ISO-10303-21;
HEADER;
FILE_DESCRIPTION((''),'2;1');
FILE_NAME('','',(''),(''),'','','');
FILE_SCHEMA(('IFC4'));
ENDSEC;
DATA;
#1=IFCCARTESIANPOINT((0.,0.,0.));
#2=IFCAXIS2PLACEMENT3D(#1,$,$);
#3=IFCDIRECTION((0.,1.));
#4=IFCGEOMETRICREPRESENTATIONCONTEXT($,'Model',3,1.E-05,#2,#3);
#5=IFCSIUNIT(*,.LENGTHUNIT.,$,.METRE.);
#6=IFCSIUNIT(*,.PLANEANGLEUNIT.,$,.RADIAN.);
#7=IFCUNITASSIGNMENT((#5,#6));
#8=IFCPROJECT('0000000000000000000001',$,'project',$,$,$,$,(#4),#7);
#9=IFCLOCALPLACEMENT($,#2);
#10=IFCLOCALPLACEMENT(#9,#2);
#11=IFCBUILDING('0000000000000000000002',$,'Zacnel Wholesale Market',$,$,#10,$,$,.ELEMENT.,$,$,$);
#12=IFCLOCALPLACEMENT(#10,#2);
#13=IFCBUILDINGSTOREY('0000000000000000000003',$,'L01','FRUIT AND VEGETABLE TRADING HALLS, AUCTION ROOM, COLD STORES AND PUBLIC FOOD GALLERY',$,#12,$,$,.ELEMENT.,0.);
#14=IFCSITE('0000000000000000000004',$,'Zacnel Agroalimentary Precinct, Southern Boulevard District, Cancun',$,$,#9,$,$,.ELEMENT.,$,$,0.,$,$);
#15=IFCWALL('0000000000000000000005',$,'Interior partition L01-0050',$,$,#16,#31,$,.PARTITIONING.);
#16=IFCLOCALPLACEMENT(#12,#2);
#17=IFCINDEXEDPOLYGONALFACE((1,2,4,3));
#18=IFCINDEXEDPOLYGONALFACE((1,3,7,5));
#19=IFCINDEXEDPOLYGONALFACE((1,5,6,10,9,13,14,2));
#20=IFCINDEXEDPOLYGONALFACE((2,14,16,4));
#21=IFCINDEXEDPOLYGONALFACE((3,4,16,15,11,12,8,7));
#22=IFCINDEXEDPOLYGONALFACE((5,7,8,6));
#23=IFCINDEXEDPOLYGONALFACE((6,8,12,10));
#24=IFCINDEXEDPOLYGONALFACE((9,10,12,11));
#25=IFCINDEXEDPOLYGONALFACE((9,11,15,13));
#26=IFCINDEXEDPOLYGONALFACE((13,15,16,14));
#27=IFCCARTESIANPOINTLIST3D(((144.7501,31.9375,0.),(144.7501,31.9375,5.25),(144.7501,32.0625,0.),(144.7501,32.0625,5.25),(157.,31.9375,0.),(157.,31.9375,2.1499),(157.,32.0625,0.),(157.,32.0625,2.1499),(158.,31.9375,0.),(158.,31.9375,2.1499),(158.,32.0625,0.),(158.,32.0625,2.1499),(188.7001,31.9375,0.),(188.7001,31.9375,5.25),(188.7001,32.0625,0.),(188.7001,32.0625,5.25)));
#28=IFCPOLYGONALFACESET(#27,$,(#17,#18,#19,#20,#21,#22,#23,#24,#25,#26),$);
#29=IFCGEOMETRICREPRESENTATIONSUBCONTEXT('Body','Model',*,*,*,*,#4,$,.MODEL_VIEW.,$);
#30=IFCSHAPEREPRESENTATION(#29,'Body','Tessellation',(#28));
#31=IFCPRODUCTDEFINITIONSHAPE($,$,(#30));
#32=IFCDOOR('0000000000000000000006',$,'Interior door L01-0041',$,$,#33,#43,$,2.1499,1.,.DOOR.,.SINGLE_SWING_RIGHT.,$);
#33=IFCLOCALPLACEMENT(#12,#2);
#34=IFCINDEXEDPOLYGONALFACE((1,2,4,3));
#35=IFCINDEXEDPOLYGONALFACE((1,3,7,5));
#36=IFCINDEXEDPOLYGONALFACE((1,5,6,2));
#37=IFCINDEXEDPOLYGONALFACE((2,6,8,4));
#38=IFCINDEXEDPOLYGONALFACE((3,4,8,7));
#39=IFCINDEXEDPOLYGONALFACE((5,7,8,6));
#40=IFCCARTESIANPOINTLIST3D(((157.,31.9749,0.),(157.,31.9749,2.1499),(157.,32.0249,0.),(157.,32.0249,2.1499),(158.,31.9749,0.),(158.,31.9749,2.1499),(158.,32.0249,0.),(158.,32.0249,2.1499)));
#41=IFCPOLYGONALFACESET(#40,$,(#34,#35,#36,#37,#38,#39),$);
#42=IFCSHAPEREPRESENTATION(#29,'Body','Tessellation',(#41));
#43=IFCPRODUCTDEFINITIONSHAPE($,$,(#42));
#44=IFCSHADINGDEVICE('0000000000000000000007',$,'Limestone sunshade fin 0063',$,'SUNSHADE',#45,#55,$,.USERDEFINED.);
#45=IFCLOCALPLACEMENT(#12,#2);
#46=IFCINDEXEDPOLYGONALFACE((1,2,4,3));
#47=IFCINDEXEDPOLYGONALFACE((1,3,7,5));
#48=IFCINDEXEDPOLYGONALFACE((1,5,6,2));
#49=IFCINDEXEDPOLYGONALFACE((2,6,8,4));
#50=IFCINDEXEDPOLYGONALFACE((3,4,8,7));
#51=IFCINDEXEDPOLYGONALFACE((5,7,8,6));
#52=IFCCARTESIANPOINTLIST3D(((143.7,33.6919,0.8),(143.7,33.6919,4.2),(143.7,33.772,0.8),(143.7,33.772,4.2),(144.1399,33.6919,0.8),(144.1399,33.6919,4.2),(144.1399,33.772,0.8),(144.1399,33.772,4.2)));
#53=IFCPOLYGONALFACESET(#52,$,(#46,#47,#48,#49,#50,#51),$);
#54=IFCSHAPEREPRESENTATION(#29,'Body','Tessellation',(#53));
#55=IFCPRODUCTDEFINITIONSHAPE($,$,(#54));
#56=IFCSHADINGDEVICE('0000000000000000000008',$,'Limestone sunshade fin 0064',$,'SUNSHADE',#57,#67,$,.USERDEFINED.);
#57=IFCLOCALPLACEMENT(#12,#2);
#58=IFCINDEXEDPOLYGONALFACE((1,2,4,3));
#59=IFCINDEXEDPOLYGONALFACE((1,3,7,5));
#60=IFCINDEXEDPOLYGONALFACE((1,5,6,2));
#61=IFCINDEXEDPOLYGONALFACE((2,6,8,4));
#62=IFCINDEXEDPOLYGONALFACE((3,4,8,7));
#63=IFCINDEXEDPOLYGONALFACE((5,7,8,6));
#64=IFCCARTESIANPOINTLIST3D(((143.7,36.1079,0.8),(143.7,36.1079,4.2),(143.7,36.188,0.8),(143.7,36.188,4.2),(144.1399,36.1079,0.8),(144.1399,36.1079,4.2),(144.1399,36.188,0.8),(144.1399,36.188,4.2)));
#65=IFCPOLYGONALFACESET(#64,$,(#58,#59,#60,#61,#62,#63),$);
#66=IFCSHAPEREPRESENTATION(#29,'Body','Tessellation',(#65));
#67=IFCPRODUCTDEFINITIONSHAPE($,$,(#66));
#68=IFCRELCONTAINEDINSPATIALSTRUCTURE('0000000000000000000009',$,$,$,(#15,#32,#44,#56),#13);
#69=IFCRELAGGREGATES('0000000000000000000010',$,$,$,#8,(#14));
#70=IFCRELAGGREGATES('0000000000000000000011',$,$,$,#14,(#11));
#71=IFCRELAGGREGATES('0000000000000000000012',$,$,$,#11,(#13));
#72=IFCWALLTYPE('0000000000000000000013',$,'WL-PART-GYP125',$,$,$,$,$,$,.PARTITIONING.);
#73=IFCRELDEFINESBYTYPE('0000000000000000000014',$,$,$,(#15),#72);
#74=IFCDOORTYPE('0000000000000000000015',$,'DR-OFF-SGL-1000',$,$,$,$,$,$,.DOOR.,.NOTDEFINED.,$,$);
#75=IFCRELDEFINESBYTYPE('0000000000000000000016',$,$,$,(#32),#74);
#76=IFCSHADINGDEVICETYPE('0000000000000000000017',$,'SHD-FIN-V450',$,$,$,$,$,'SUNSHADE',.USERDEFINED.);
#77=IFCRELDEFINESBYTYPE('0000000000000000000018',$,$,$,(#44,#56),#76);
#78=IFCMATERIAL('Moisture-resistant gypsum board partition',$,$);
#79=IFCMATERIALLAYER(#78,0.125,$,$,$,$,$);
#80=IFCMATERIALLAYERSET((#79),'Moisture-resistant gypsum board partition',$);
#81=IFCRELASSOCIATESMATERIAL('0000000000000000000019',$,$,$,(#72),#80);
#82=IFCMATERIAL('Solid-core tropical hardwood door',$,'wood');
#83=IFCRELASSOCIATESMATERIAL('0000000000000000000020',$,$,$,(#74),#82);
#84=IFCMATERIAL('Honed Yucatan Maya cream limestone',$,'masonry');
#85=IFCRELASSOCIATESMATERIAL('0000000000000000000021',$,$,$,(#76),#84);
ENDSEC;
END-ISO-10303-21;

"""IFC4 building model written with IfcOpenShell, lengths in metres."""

from ifc_helpers import new_model, si_unit, direction, frame, frame_2d, origin, origin_2d, place, context, subcontext, project, spatial, rectangle, extrude, material, layer, layer_set, type_object, element, fill, save


model = new_model("IFC4")

# Units and contexts
model_context = context("Model", 3, precision=1e-05, world=origin(), true_north=direction((0.0, 1.0)))
body_context = subcontext(model_context, "Body", "Model", "MODEL_VIEW")
ifc_project = project(units=[si_unit("LENGTHUNIT", "METRE"), si_unit("PLANEANGLEUNIT", "RADIAN")], contexts=[model_context])

# Site, building, storey
site_placement = place(None, origin())
site = spatial("IfcSite", under=ifc_project, at=site_placement, Name="Zacnel Agroalimentary Precinct, Southern Boulevard District, Cancun", CompositionType="ELEMENT", RefElevation=0.0)
building_placement = place(site_placement, origin())
building = spatial("IfcBuilding", under=site, at=building_placement, Name="Zacnel Wholesale Market", CompositionType="ELEMENT")
storey_placement = place(building_placement, origin())
storey = spatial("IfcBuildingStorey", under=building, at=storey_placement, Name="L01", Description="FRUIT AND VEGETABLE TRADING HALLS, AUCTION ROOM, COLD STORES AND PUBLIC FOOD GALLERY", CompositionType="ELEMENT", Elevation=0.0)

# Wall, opening, door
ifc_material_1 = material(Name="Moisture-resistant gypsum board partition")
ifc_layer_1 = layer(ifc_material_1, 0.125)
ifc_layer_set_1 = layer_set([ifc_layer_1], Name="Moisture-resistant gypsum board partition")
wall_type_1 = type_object("IfcWallType", Name="WL-PART-GYP125", PredefinedType="PARTITIONING", material=ifc_layer_set_1)
wall_1_placement = place(storey_placement, frame((144.75, 32.0, 0.0), z_axis=(0.0, 0.0, 1.0), x_axis=(1.0, 0.0, 0.0)))
wall_1 = element("IfcWall", 1, at=wall_1_placement, inside=storey, type_object=wall_type_1, Name="Interior partition L01-0050", PredefinedType="PARTITIONING", context=body_context, shape_type="SweptSolid", body=[
    extrude(rectangle(XDim=43.95, YDim=0.125, at=frame_2d((21.9751, 0.0))), origin(), (0.0, 0.0, 1.0), 5.25),
])
opening_1_placement = place(wall_1_placement, frame((12.25, 0.0, 0.0)))
opening_1 = element("IfcOpeningElement", 2, at=opening_1_placement, cuts=wall_1, PredefinedType="OPENING", context=body_context, shape_type="SweptSolid", body=[
    extrude(rectangle(XDim=1.0, YDim=2.1499, at=frame_2d((0.5, 1.075))), frame((0.0, 0.0725, 0.0), z_axis=(0.0, -1.0, 0.0), x_axis=(1.0, 0.0, 0.0)), (0.0, 0.0, 1.0), 0.145),
])
ifc_material_2 = material(Name="Solid-core tropical hardwood door", Category="wood")
door_type = type_object("IfcDoorType", Name="DR-OFF-SGL-1000", OperationType="NOTDEFINED", PredefinedType="DOOR", material=ifc_material_2)
door_placement = place(opening_1_placement, origin())
door = element("IfcDoor", 3, at=door_placement, inside=storey, type_object=door_type, Name="Interior door L01-0041", OperationType="SINGLE_SWING_RIGHT", OverallHeight=2.1499, OverallWidth=1.0, PredefinedType="DOOR", context=body_context, shape_type="SweptSolid", body=[
    extrude(rectangle(XDim=1.0, YDim=2.1499, at=frame_2d((0.5, 1.075))), frame((0.0, 0.0249, 0.0), z_axis=(0.0, -1.0, 0.0), x_axis=(1.0, 0.0, 0.0)), (0.0, 0.0, 1.0), 0.05),
])
fill(opening_1, door)

# Shading devices
ifc_material_3 = material(Name="Honed Yucatan Maya cream limestone", Category="masonry")
shading_device_type = type_object("IfcShadingDeviceType", Name="SHD-FIN-V450", ElementType="SUNSHADE", PredefinedType="USERDEFINED", material=ifc_material_3)
for number, where, z_axis, x_axis, name in (
    (4, (143.9199, 33.7319, 0.8), (0.0, 0.0, 1.0), (0.0, 1.0, 0.0), "Limestone sunshade fin 0063"),
    (5, (143.9199, 36.1479, 0.8), (0.0, 0.0, 1.0), (0.0, 1.0, 0.0), "Limestone sunshade fin 0064"),
):
    element("IfcShadingDevice", number, at=place(storey_placement, frame(where, z_axis=z_axis, x_axis=x_axis)), inside=storey, type_object=shading_device_type, Name=name, ObjectType="SUNSHADE", PredefinedType="USERDEFINED", context=body_context, shape_type="SweptSolid", body=[
        extrude(rectangle(XDim=0.0801, YDim=0.4399, at=origin_2d()), origin(), (0.0, 0.0, 1.0), 3.3999),
    ])

save(model, "model.ifc")
